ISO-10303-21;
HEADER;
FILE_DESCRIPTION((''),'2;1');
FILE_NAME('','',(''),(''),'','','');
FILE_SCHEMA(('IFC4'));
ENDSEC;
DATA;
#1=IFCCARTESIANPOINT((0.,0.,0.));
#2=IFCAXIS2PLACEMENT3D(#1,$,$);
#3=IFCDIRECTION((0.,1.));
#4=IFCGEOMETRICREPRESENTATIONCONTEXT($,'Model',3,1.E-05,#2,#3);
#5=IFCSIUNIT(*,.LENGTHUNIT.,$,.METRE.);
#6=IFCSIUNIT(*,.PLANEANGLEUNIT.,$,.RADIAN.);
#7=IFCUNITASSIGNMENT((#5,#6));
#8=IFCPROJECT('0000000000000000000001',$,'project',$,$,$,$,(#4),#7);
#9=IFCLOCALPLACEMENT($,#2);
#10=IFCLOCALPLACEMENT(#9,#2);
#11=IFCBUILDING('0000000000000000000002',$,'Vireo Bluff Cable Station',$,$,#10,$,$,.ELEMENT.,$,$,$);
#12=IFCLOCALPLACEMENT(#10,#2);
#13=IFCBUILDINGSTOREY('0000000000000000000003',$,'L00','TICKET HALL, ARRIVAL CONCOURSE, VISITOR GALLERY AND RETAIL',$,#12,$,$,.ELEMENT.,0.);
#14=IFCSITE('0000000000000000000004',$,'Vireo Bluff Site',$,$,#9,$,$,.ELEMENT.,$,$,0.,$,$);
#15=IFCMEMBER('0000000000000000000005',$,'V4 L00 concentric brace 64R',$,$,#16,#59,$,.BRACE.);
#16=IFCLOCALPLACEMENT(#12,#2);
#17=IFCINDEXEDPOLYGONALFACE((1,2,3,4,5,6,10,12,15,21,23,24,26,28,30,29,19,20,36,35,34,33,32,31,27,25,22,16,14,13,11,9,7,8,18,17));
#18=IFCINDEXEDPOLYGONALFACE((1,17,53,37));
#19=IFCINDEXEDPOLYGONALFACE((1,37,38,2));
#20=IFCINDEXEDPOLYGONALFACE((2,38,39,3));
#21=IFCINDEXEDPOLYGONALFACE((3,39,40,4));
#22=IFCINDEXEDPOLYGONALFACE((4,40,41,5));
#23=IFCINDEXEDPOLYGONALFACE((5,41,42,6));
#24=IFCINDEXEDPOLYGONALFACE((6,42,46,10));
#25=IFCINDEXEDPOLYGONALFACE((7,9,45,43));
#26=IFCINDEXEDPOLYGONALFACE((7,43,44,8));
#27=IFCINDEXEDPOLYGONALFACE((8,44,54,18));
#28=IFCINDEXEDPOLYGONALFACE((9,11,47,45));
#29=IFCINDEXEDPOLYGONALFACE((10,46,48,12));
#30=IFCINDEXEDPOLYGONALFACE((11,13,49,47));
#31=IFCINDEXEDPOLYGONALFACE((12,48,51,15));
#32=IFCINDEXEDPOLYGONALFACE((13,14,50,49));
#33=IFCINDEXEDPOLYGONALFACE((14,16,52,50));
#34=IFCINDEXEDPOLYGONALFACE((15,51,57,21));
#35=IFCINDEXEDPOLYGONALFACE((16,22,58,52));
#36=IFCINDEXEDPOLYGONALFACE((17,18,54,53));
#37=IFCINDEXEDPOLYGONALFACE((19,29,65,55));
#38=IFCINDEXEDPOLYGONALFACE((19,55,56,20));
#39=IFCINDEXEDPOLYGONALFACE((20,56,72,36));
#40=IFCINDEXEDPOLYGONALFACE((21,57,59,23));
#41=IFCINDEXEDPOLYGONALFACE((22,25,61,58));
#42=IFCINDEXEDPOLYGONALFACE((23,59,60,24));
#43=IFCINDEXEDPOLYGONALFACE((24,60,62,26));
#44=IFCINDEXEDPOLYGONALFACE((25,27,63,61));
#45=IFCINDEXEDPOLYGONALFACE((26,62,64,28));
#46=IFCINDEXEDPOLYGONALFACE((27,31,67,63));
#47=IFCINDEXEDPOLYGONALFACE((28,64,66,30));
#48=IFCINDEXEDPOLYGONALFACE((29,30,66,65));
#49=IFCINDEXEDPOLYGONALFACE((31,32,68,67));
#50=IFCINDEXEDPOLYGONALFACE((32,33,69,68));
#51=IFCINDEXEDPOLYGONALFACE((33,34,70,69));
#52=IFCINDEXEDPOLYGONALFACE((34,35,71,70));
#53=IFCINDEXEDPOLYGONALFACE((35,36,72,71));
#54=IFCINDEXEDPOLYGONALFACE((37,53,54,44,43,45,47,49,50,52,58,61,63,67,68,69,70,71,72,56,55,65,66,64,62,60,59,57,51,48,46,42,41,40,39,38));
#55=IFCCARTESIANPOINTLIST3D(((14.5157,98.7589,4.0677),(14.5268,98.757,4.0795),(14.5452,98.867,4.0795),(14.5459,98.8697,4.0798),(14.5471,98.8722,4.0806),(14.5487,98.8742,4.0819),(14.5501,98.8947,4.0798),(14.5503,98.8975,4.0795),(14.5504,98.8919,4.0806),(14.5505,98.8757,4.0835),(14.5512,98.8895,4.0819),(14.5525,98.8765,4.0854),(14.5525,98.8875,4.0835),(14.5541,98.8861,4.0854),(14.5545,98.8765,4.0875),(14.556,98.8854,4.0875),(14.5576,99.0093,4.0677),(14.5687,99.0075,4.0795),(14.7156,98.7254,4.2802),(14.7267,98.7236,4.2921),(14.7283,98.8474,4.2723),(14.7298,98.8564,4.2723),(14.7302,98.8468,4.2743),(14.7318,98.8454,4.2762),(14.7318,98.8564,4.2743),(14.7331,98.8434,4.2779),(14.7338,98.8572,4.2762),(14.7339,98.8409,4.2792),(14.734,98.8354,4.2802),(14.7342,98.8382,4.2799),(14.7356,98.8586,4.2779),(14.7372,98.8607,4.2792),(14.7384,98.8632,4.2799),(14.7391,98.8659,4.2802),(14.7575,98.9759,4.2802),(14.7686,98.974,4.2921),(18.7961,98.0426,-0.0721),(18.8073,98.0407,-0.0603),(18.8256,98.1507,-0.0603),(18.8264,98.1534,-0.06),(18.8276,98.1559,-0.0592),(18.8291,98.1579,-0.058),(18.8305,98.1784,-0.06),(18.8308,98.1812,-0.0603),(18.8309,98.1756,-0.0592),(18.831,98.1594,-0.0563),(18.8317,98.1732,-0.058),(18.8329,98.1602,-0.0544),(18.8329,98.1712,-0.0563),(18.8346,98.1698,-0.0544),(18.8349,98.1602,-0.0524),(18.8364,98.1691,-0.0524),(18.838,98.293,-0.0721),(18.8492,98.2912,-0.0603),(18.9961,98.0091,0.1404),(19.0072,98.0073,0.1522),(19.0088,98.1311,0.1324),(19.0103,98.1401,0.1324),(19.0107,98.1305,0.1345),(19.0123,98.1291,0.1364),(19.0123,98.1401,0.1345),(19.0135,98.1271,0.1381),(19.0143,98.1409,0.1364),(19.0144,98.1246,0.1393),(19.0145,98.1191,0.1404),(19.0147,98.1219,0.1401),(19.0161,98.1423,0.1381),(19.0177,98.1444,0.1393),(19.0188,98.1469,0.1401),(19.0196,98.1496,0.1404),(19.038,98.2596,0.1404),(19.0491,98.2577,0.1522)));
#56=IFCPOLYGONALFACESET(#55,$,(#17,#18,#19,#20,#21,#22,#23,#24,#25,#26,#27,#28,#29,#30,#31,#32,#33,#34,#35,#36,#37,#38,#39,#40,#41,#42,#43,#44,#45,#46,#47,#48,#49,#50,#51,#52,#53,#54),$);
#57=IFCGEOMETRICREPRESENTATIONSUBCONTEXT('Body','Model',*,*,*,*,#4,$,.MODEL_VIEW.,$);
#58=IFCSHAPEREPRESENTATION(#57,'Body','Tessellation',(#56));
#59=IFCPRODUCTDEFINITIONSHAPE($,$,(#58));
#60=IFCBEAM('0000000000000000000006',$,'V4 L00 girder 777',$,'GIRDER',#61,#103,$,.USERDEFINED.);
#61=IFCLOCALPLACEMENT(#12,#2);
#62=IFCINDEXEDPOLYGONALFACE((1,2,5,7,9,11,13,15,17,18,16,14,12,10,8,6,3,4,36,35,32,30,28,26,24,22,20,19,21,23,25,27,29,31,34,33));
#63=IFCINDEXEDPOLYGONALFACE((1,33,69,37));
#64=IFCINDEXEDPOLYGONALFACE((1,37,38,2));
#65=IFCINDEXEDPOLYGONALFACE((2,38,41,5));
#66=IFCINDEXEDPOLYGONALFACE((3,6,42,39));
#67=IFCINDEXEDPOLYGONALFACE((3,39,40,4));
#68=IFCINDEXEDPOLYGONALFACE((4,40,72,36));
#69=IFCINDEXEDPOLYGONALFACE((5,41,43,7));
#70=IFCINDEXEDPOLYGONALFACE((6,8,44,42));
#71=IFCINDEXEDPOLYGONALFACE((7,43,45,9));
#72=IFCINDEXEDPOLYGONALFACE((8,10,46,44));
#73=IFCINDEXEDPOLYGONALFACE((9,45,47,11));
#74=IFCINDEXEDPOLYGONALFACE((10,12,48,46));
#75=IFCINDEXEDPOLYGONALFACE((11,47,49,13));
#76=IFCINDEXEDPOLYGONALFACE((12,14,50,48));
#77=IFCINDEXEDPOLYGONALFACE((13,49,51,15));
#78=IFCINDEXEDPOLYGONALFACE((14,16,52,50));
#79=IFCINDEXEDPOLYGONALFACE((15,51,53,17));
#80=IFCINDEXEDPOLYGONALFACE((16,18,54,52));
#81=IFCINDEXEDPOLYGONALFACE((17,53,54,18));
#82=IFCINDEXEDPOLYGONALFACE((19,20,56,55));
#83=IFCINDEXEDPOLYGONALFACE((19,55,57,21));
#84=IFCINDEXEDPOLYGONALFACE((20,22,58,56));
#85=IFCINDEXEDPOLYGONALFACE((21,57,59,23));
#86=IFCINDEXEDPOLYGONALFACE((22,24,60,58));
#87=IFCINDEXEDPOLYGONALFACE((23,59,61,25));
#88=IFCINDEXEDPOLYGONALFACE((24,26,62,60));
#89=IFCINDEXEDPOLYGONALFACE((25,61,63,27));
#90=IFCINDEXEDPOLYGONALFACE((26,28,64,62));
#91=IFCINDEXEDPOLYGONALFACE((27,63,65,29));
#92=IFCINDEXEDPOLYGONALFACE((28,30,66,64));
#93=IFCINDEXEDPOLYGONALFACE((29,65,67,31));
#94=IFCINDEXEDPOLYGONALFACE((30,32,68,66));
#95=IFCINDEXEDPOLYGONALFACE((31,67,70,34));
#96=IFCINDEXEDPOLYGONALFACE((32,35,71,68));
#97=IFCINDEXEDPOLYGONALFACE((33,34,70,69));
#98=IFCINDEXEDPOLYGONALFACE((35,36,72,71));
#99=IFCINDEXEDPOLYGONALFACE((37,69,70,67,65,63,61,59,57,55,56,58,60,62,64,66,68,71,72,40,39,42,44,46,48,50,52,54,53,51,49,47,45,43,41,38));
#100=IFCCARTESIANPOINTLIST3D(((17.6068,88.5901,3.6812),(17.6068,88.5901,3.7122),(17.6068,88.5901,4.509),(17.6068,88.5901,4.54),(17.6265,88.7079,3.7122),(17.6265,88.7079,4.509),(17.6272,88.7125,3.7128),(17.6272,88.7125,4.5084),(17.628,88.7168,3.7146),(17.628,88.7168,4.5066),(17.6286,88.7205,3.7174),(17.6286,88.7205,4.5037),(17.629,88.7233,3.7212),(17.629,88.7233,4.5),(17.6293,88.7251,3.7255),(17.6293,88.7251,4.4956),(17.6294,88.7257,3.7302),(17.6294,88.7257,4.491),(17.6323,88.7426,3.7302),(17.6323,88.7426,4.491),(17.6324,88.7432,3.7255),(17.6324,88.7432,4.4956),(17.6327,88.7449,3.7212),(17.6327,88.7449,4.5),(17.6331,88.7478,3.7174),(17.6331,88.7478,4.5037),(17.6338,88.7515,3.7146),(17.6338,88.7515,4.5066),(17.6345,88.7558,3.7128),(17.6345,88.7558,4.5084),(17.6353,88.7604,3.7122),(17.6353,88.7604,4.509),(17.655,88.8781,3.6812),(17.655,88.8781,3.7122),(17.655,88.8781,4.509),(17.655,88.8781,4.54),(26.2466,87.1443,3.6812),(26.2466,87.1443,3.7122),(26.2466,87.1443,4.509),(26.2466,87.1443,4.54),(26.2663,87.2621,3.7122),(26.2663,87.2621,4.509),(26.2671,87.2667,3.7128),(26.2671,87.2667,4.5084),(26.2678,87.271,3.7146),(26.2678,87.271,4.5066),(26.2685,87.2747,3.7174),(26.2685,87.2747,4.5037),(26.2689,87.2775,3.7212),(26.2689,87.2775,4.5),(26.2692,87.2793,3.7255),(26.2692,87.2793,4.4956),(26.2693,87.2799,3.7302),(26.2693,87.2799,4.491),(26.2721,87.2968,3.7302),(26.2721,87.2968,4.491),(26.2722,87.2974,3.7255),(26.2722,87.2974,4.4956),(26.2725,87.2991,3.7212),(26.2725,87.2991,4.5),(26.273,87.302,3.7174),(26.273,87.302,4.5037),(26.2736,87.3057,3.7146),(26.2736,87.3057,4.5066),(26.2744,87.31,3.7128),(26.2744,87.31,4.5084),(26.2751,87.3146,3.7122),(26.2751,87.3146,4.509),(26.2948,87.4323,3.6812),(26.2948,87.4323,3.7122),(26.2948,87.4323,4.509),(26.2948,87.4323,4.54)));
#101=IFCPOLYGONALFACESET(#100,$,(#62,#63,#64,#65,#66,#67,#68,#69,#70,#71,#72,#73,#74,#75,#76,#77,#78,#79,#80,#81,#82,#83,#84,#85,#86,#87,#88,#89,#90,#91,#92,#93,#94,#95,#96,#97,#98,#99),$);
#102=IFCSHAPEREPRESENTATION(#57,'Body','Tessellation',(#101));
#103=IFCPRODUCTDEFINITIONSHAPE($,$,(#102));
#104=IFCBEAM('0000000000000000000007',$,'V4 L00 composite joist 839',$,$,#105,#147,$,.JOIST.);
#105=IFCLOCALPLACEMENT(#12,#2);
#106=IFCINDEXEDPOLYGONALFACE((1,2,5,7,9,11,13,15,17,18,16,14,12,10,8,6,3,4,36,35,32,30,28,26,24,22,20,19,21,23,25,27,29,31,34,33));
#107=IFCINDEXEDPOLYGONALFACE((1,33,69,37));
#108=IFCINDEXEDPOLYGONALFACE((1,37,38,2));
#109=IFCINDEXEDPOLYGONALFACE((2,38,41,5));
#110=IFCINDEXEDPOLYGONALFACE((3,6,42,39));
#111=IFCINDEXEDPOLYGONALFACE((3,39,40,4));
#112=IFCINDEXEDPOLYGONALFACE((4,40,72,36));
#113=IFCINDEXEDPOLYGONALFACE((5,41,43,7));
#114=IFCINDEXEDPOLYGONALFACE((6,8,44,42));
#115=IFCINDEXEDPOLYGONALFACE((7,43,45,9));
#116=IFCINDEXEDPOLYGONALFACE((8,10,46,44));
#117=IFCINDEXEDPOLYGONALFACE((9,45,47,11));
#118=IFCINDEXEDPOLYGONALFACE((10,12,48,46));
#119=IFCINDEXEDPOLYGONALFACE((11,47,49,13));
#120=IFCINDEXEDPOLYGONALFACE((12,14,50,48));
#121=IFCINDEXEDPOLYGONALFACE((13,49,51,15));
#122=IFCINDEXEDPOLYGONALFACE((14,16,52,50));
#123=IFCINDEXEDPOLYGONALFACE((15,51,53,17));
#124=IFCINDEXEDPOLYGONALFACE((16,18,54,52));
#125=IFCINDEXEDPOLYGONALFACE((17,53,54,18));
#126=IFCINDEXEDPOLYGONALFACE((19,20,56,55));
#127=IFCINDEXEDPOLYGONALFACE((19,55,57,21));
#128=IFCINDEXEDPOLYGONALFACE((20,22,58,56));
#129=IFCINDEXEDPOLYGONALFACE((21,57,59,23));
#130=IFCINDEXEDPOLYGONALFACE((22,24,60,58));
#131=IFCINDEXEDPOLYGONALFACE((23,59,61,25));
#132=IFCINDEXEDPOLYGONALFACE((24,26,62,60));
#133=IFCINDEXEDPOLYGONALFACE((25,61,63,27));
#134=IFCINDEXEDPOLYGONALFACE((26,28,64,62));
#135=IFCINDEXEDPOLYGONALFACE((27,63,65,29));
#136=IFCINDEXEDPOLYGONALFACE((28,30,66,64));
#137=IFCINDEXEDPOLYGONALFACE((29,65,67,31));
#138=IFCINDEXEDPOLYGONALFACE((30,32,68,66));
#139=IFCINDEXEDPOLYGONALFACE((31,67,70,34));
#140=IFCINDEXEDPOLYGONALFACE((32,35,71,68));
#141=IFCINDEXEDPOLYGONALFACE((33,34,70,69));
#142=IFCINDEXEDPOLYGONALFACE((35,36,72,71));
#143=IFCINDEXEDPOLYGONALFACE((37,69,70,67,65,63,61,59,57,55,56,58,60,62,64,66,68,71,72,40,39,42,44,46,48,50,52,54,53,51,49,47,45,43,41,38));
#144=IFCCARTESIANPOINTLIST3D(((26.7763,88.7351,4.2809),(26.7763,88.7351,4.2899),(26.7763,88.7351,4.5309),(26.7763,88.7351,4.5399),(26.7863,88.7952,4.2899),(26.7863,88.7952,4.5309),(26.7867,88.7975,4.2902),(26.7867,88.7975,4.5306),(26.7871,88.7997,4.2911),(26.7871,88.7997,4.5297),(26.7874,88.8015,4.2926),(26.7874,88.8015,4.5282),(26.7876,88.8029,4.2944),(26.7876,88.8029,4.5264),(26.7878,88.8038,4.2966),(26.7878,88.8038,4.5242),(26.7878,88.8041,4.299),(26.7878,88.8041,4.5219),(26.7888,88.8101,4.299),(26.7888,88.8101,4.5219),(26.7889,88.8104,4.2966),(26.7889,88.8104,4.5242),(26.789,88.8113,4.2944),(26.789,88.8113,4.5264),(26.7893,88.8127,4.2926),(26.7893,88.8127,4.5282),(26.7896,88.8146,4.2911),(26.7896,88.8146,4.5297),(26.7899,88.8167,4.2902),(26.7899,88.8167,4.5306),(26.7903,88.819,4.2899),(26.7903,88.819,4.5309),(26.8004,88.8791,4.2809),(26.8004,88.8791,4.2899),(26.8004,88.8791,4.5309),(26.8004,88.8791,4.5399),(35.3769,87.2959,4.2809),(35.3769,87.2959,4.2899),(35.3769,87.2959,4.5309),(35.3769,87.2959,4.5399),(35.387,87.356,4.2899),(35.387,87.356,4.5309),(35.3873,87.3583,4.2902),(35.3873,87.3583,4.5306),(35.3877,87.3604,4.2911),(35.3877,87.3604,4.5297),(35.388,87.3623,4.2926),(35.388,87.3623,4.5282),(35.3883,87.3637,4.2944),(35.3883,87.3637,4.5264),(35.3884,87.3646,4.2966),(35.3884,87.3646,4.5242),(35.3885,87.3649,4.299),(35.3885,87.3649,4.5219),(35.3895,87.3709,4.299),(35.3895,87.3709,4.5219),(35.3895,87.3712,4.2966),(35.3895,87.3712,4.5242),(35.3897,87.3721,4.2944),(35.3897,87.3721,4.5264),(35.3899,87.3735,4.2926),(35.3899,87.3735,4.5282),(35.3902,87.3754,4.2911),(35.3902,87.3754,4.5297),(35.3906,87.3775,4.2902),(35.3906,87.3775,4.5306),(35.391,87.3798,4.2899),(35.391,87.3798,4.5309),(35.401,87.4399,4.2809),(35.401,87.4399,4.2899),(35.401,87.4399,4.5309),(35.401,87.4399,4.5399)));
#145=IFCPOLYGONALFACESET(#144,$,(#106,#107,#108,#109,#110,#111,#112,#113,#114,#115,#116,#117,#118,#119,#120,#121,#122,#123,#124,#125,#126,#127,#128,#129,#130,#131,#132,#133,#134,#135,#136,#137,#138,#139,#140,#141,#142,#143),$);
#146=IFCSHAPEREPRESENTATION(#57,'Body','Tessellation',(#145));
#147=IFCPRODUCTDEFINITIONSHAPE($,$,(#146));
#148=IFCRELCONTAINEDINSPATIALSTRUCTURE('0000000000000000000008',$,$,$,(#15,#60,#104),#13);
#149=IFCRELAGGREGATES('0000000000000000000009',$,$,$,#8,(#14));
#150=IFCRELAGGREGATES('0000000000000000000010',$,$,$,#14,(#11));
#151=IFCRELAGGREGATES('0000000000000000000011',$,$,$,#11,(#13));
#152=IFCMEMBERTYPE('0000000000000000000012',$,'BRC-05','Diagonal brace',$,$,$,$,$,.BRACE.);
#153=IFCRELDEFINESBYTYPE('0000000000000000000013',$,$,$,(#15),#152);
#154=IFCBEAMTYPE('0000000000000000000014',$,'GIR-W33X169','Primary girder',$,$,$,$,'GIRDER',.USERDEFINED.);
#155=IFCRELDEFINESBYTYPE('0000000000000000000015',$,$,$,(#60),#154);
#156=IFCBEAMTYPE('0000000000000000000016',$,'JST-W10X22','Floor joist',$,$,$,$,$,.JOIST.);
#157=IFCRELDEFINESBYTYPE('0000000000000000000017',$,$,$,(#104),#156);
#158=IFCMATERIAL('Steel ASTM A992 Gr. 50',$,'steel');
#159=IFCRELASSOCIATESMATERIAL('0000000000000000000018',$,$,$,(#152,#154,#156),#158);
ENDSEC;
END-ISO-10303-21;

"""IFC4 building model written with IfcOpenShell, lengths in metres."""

from ifc_helpers import new_model, si_unit, direction, frame, origin, origin_2d, place, context, subcontext, project, spatial, i_section, extrude, material, material_profile, profile_set, type_object, element, save


model = new_model("IFC4")

# Units and contexts
model_context = context("Model", 3, precision=1e-05, world=origin(), true_north=direction((0.0, 1.0)))
body_context = subcontext(model_context, "Body", "Model", "MODEL_VIEW")
ifc_project = project(units=[si_unit("LENGTHUNIT", "METRE"), si_unit("PLANEANGLEUNIT", "RADIAN")], contexts=[model_context])

# Site, building, storey
site_placement = place(None, origin())
site = spatial("IfcSite", under=ifc_project, at=site_placement, Name="Vireo Bluff Site", CompositionType="ELEMENT", RefElevation=0.0)
building_placement = place(site_placement, origin())
building = spatial("IfcBuilding", under=site, at=building_placement, Name="Vireo Bluff Cable Station", CompositionType="ELEMENT")
storey_placement = place(building_placement, origin())
storey = spatial("IfcBuildingStorey", under=building, at=storey_placement, Name="L00", Description="TICKET HALL, ARRIVAL CONCOURSE, VISITOR GALLERY AND RETAIL", CompositionType="ELEMENT", Elevation=0.0)

# Shared definitions
ifc_material_1 = material(Name="Steel ASTM A992 Gr. 50", Category="steel")

# Member
ifc_material_profile_1 = material_profile(ifc_material_1, i_section(OverallWidth=0.2539, OverallDepth=0.3101, WebThickness=0.009, FlangeThickness=0.0164, FilletRadius=0.011, at=origin_2d()), Name="W12X58")
ifc_profile_set_1 = profile_set([ifc_material_profile_1], Name="Steel ASTM A992 Gr. 50")
member_type = type_object("IfcMemberType", Name="BRC-05", Description="Diagonal brace", PredefinedType="BRACE", material=ifc_profile_set_1)
member_placement = place(storey_placement, frame((18.9226, 98.1501, 0.04), z_axis=(-0.713671, 0.119427, 0.690225), x_axis=(-0.165047, -0.986286, 0.0)))
element("IfcMember", 1, at=member_placement, inside=storey, type_object=member_type, Name="V4 L00 concentric brace 64R", PredefinedType="BRACE", context=body_context, shape_type="SweptSolid", body=[
    extrude(i_section(OverallWidth=0.2539, OverallDepth=0.3101, WebThickness=0.009, FlangeThickness=0.0164, FilletRadius=0.011, at=origin_2d()), origin(), (0.0, 0.0, 1.0), 5.9978),
])

# Beams
ifc_material_profile_2 = material_profile(ifc_material_1, i_section(OverallWidth=0.292, OverallDepth=0.8589, WebThickness=0.0171, FlangeThickness=0.031, FilletRadius=0.0181, at=origin_2d()), Name="W33X169")
ifc_profile_set_2 = profile_set([ifc_material_profile_2], Name="Steel ASTM A992 Gr. 50")
beam_type_1 = type_object("IfcBeamType", Name="GIR-W33X169", Description="Primary girder", ElementType="GIRDER", PredefinedType="USERDEFINED", material=ifc_profile_set_2)
beam_1_placement = place(storey_placement, frame((17.6309, 88.7341, 4.1106), z_axis=(0.986286, -0.165045, 0.0), x_axis=(0.165045, 0.986286, 0.0)))
element("IfcBeam", 2, at=beam_1_placement, inside=storey, type_object=beam_type_1, Name="V4 L00 girder 777", ObjectType="GIRDER", PredefinedType="USERDEFINED", context=body_context, shape_type="SweptSolid", body=[
    extrude(i_section(OverallWidth=0.292, OverallDepth=0.8589, WebThickness=0.0171, FlangeThickness=0.031, FilletRadius=0.0181, at=origin_2d()), origin(), (0.0, 0.0, 1.0), 8.76),
])
ifc_material_profile_3 = material_profile(ifc_material_1, i_section(OverallWidth=0.146, OverallDepth=0.259, WebThickness=0.0061, FlangeThickness=0.009, FilletRadius=0.009, at=origin_2d()), Name="W10X22")
ifc_profile_set_3 = profile_set([ifc_material_profile_3], Name="Steel ASTM A992 Gr. 50")
beam_type_2 = type_object("IfcBeamType", Name="JST-W10X22", Description="Floor joist", PredefinedType="JOIST", material=ifc_profile_set_3)
beam_2_placement = place(storey_placement, frame((26.7883, 88.8071, 4.4104), z_axis=(0.986286, -0.165044, 0.0), x_axis=(0.165044, 0.986286, 0.0)))
element("IfcBeam", 3, at=beam_2_placement, inside=storey, type_object=beam_type_2, Name="V4 L00 composite joist 839", PredefinedType="JOIST", context=body_context, shape_type="SweptSolid", body=[
    extrude(i_section(OverallWidth=0.146, OverallDepth=0.259, WebThickness=0.0061, FlangeThickness=0.009, FilletRadius=0.009, at=origin_2d()), origin(), (0.0, 0.0, 1.0), 8.7202),
])

save(model, "model.ifc")
